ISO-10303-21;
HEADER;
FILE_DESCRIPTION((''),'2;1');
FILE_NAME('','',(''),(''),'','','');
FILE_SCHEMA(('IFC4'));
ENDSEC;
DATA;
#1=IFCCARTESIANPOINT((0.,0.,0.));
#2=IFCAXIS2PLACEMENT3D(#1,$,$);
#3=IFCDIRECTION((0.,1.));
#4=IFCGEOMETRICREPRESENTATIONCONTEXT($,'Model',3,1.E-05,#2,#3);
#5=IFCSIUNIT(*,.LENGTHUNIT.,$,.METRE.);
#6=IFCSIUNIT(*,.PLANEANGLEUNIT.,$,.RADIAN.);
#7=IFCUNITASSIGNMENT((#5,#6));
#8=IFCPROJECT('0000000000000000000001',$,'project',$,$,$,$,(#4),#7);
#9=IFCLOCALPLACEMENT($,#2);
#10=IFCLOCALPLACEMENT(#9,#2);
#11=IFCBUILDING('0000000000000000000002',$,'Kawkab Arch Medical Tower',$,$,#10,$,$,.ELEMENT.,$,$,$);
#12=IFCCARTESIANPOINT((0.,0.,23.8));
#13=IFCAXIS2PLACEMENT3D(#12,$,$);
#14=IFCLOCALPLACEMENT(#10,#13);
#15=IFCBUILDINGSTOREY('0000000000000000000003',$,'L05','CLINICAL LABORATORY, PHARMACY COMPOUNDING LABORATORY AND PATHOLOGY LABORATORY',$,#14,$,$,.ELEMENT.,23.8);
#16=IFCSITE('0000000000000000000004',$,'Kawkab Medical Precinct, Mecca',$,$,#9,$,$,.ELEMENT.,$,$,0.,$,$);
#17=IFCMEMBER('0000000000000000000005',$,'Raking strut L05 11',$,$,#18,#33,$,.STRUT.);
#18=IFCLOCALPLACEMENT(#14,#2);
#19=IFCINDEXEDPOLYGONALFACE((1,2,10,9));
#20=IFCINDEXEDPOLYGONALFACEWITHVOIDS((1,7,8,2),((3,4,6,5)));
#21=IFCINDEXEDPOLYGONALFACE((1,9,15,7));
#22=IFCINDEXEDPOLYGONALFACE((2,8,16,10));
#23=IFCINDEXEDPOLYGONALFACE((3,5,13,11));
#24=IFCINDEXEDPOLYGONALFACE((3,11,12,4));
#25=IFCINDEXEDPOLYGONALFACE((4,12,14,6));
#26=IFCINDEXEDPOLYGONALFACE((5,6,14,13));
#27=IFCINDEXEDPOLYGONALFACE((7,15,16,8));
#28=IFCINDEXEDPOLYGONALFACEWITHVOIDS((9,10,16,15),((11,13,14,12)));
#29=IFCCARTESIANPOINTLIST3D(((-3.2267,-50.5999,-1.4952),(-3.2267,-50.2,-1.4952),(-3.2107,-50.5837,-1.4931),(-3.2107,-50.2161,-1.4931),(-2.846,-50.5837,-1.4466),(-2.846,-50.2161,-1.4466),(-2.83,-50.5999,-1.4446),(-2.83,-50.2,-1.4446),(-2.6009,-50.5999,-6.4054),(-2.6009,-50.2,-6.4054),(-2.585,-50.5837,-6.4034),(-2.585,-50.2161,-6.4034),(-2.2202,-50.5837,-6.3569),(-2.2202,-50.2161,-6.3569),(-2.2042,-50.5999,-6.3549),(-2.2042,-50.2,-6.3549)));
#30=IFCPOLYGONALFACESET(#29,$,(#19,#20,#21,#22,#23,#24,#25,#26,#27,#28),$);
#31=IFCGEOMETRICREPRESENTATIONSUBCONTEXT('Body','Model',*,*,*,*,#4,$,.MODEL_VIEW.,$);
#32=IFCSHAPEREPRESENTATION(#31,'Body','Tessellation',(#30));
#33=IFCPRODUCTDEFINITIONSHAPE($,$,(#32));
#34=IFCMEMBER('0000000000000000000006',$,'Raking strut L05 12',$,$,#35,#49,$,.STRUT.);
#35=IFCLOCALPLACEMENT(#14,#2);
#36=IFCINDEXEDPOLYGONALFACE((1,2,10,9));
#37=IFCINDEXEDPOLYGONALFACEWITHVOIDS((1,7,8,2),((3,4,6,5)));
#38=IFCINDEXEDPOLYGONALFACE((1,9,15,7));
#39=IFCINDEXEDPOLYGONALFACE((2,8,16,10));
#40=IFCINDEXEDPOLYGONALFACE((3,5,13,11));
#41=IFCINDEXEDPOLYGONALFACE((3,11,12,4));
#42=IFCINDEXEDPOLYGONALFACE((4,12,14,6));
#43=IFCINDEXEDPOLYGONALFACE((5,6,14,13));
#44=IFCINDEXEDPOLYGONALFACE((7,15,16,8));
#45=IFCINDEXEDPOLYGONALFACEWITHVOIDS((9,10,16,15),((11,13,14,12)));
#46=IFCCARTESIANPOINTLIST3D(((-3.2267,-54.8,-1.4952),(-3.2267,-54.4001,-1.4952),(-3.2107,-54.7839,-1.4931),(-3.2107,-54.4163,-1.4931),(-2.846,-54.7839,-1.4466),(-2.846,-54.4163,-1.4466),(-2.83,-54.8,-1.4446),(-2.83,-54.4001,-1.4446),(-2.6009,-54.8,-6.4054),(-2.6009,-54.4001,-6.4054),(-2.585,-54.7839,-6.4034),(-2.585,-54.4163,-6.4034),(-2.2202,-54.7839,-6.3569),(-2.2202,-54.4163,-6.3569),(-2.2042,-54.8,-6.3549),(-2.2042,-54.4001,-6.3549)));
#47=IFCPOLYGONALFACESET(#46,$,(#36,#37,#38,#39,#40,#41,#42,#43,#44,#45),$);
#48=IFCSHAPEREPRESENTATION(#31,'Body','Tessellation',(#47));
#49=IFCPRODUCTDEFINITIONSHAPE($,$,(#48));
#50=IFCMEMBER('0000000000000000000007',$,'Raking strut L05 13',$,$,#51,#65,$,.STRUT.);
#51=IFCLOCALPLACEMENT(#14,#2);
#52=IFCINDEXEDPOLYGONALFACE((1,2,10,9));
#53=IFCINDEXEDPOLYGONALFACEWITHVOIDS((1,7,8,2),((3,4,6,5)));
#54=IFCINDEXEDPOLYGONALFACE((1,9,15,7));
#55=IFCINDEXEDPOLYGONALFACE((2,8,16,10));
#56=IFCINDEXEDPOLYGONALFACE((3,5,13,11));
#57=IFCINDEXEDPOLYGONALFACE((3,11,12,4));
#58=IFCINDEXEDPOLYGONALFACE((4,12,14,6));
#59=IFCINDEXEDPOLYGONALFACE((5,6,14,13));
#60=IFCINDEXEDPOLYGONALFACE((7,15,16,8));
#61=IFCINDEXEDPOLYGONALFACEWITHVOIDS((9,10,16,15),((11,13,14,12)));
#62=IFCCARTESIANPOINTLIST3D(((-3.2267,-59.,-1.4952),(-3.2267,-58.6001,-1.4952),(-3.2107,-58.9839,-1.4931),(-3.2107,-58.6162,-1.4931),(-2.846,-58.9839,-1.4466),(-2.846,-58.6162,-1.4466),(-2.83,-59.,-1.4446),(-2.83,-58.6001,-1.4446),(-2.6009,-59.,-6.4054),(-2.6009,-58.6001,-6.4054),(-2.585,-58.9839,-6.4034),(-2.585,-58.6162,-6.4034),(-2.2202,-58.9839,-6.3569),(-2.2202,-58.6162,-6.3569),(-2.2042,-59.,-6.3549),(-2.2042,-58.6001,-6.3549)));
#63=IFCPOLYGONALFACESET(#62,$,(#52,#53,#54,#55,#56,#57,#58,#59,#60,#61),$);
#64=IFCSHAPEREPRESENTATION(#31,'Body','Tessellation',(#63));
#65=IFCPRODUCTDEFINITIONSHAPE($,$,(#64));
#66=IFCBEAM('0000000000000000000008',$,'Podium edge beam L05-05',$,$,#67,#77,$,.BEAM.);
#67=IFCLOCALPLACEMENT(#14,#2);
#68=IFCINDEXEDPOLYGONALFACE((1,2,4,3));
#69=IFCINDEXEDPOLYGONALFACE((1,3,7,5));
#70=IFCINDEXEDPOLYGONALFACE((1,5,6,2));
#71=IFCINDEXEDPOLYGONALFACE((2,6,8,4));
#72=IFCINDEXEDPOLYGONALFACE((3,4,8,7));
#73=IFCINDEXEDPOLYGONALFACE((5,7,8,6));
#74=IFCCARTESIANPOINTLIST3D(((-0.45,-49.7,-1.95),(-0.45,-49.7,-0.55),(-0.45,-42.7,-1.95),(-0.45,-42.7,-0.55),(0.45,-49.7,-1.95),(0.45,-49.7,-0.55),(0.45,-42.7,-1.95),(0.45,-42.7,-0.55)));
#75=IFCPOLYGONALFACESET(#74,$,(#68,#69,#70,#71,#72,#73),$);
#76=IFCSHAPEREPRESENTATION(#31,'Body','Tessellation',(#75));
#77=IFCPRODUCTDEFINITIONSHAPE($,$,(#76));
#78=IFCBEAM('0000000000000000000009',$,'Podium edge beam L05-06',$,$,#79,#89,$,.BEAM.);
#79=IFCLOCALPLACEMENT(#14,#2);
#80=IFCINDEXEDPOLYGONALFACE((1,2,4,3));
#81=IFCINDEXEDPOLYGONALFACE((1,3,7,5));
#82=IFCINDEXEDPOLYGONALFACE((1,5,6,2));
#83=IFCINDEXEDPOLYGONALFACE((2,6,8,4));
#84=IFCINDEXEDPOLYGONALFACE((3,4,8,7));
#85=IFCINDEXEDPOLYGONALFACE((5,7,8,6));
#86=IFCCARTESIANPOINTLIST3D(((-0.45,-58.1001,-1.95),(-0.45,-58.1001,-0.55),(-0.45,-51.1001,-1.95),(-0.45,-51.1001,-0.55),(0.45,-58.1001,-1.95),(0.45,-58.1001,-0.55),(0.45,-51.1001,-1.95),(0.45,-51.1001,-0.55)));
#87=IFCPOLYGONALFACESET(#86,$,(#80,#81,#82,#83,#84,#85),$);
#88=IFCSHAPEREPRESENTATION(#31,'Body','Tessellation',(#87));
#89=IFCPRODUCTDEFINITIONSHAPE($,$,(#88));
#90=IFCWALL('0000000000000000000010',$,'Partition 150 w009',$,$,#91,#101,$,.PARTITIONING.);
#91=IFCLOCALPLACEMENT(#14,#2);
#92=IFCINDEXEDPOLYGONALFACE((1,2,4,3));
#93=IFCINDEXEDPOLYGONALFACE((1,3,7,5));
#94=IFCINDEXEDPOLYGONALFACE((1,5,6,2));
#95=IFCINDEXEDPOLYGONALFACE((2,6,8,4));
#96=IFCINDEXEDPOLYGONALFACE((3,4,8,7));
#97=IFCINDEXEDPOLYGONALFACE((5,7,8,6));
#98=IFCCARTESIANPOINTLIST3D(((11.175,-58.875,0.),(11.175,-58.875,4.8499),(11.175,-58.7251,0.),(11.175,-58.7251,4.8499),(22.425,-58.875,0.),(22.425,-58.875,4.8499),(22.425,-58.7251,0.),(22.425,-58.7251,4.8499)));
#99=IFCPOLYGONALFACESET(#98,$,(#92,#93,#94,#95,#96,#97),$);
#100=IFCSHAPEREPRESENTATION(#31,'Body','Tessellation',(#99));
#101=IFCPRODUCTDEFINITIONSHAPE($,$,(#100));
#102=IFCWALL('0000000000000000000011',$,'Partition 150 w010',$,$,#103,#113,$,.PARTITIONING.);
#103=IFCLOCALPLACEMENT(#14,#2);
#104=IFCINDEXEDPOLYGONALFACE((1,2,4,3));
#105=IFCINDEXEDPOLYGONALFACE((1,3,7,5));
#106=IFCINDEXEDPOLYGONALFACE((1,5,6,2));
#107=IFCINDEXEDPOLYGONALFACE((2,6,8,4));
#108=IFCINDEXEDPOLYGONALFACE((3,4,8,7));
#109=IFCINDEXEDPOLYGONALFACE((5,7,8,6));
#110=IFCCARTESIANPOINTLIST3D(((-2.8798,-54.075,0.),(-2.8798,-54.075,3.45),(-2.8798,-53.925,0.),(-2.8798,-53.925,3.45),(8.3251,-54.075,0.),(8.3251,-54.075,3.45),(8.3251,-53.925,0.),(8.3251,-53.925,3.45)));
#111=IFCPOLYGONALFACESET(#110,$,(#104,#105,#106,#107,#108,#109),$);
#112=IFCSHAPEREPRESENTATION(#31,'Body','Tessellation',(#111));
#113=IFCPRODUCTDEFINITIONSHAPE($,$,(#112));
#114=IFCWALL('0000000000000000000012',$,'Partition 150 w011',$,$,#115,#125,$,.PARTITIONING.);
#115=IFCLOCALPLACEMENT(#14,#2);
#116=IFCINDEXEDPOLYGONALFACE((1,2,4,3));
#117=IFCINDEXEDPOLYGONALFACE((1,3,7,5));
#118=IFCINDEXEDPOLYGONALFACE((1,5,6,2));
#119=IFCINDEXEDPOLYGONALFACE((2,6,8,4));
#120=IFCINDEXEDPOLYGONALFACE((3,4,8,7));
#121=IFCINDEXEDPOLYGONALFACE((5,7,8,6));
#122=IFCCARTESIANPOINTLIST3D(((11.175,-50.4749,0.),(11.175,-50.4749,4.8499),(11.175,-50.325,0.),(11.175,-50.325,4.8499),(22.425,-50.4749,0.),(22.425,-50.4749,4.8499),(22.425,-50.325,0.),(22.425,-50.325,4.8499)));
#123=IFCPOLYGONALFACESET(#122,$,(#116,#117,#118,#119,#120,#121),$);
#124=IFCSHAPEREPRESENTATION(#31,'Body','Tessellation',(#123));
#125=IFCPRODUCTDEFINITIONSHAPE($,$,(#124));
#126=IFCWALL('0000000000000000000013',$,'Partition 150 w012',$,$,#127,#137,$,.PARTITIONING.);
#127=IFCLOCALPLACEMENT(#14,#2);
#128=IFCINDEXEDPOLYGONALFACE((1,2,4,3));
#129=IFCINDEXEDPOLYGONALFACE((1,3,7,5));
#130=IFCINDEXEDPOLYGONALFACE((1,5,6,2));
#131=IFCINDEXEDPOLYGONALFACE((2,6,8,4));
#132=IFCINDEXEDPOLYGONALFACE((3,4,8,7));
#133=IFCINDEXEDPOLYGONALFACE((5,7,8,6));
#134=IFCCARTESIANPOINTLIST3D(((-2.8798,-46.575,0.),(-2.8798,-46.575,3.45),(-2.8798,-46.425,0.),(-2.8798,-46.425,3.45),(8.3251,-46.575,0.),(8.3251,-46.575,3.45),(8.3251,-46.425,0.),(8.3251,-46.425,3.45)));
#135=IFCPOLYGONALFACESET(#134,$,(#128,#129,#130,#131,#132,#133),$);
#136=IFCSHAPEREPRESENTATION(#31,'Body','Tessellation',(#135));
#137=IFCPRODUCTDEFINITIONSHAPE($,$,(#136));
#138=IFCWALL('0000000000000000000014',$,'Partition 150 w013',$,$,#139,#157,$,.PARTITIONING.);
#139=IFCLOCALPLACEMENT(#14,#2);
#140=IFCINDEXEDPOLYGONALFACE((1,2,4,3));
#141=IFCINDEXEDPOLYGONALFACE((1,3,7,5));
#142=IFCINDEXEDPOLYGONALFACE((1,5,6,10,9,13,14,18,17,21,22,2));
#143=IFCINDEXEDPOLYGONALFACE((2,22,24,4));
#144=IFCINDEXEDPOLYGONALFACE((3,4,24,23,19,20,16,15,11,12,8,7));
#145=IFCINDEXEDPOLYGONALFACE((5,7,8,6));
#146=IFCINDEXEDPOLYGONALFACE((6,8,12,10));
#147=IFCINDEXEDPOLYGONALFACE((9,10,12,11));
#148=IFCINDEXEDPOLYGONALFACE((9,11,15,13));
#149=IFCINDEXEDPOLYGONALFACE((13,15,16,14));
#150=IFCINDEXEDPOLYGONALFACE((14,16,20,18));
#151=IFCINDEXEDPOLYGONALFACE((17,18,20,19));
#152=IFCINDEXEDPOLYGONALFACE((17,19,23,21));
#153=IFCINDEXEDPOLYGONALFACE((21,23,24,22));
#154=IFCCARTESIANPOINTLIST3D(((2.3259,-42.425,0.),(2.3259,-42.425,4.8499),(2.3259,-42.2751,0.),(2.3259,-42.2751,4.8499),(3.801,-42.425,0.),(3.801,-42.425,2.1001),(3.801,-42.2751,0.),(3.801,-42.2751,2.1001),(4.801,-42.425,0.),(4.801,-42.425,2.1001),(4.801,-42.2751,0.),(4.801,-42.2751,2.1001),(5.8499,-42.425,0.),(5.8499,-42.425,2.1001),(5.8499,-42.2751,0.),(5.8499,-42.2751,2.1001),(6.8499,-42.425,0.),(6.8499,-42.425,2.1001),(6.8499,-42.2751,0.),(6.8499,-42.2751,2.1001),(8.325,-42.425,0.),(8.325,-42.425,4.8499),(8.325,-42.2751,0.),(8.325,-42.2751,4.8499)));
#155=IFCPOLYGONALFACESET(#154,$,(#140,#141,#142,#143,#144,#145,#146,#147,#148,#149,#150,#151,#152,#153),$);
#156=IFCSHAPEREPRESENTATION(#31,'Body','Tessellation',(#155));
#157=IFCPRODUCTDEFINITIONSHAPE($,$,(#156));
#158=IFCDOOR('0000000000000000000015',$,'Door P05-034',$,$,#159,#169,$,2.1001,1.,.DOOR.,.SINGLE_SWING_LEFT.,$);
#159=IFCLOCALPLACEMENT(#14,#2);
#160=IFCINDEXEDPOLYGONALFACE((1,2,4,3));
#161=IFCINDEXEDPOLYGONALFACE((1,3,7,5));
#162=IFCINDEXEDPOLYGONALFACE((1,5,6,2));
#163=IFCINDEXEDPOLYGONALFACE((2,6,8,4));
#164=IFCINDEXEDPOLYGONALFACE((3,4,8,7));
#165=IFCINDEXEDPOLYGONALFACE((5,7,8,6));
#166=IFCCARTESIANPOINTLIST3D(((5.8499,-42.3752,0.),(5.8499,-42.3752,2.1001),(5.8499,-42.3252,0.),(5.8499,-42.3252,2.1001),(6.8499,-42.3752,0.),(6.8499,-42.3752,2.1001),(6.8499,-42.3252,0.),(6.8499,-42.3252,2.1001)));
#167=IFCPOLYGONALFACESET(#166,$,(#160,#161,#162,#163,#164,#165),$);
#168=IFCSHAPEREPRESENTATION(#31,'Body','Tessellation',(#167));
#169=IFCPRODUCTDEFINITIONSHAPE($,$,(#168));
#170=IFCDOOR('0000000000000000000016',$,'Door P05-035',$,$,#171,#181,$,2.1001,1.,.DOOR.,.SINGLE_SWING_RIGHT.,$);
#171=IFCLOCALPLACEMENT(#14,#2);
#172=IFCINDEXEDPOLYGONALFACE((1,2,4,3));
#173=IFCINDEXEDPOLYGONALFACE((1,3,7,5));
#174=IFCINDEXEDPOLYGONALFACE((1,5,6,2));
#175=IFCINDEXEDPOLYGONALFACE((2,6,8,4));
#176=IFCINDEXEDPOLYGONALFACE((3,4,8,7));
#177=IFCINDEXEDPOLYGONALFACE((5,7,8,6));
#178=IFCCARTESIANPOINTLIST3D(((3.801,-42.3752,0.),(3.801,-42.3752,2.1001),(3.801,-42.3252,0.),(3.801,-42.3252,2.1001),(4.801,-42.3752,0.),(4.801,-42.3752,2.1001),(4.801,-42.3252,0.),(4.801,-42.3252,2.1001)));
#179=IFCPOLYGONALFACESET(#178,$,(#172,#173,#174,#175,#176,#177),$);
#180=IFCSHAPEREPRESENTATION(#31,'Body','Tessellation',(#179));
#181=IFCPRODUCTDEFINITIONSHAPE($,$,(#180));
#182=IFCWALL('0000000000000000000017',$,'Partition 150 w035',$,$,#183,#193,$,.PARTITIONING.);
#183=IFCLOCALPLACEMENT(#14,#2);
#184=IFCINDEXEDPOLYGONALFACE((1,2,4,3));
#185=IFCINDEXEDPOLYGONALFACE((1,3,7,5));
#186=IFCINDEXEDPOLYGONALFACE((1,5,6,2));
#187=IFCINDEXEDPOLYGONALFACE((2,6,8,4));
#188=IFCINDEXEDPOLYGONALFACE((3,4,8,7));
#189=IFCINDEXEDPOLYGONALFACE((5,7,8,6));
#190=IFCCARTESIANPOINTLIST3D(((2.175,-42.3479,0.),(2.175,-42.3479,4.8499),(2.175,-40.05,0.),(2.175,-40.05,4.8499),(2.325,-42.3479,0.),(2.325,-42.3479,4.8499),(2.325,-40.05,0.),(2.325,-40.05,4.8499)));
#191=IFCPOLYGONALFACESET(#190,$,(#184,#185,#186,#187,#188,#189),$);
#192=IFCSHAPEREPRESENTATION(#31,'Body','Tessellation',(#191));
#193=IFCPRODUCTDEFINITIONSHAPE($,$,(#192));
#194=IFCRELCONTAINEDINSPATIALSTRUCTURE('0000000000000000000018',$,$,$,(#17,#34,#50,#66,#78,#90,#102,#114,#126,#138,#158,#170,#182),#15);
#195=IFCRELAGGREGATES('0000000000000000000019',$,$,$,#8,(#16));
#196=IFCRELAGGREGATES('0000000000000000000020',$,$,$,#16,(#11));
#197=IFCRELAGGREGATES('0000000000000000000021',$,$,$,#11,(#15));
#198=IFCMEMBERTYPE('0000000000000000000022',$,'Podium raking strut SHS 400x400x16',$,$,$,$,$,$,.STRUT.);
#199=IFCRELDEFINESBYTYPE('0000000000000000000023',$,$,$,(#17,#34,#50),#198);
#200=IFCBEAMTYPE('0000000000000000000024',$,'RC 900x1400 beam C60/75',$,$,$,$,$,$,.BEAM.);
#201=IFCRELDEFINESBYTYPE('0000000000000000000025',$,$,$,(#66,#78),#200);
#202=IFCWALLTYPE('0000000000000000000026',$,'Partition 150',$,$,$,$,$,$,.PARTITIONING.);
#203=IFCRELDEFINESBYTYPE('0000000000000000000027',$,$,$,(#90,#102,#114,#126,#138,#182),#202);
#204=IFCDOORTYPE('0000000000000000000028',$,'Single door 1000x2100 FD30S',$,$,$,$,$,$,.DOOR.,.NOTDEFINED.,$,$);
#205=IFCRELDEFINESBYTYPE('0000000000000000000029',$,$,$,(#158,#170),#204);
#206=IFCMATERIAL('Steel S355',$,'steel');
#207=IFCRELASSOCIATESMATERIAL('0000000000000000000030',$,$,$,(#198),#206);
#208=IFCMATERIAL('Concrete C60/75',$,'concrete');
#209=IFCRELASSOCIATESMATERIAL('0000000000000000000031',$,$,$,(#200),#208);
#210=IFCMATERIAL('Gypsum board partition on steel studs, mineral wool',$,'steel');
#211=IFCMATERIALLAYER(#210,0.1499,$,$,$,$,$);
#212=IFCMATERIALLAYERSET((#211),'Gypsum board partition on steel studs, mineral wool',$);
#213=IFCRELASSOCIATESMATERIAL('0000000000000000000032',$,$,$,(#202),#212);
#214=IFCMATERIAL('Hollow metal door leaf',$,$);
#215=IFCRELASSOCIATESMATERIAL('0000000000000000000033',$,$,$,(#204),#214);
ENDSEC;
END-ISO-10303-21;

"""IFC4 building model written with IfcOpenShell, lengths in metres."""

from ifc_helpers import new_model, si_unit, direction, frame, frame_2d, origin, origin_2d, place, context, subcontext, project, spatial, rectangle, hollow_rectangle, extrude, material, layer, layer_set, material_profile, profile_set, type_object, element, fill, save


model = new_model("IFC4")

# Units and contexts
model_context = context("Model", 3, precision=1e-05, world=origin(), true_north=direction((0.0, 1.0)))
body_context = subcontext(model_context, "Body", "Model", "MODEL_VIEW")
ifc_project = project(units=[si_unit("LENGTHUNIT", "METRE"), si_unit("PLANEANGLEUNIT", "RADIAN")], contexts=[model_context])

# Site, building, storey
site_placement = place(None, origin())
site = spatial("IfcSite", under=ifc_project, at=site_placement, Name="Kawkab Medical Precinct, Mecca", CompositionType="ELEMENT", RefElevation=0.0)
building_placement = place(site_placement, origin())
building = spatial("IfcBuilding", under=site, at=building_placement, Name="Kawkab Arch Medical Tower", CompositionType="ELEMENT")
storey_placement = place(building_placement, frame((0.0, 0.0, 23.8)))
storey = spatial("IfcBuildingStorey", under=building, at=storey_placement, Name="L05", Description="CLINICAL LABORATORY, PHARMACY COMPOUNDING LABORATORY AND PATHOLOGY LABORATORY", CompositionType="ELEMENT", Elevation=23.8)

# Members
ifc_material_1 = material(Name="Steel S355", Category="steel")
ifc_material_profile_1 = material_profile(ifc_material_1, hollow_rectangle(XDim=0.3999, YDim=0.3999, WallThickness=0.0161, at=origin_2d()), Name="SHS 400x400x16")
ifc_profile_set_1 = profile_set([ifc_material_profile_1], Name="Steel S355")
member_type = type_object("IfcMemberType", Name="Podium raking strut SHS 400x400x16", PredefinedType="STRUT", material=ifc_profile_set_1)
for number, where, z_axis, x_axis, name in (
    (1, (-2.4026, -50.3999, -6.3801), (-0.126414, 0.0, 0.991978), (0.0, -1.0, 0.0), "Raking strut L05 11"),
    (2, (-2.4026, -54.6001, -6.3801), (-0.126414, 0.0, 0.991978), (0.0, -1.0, 0.0), "Raking strut L05 12"),
    (3, (-2.4026, -58.8, -6.3801), (-0.126414, 0.0, 0.991978), (0.0, -1.0, 0.0), "Raking strut L05 13"),
):
    element("IfcMember", number, at=place(storey_placement, frame(where, z_axis=z_axis, x_axis=x_axis)), inside=storey, type_object=member_type, Name=name, PredefinedType="STRUT", context=body_context, shape_type="SweptSolid", body=[
        extrude(hollow_rectangle(XDim=0.3999, YDim=0.3999, WallThickness=0.0161, at=origin_2d()), origin(), (0.0, 0.0, 1.0), 4.95),
    ])

# Beams
ifc_material_2 = material(Name="Concrete C60/75", Category="concrete")
ifc_material_profile_2 = material_profile(ifc_material_2, rectangle(XDim=0.8999, YDim=1.3999, at=origin_2d()), Name="RC 900x1400")
ifc_profile_set_2 = profile_set([ifc_material_profile_2], Name="Concrete C60/75")
beam_type_1 = type_object("IfcBeamType", Name="RC 900x1400 beam C60/75", PredefinedType="BEAM", material=ifc_profile_set_2)
for number, where, z_axis, x_axis, name in (
    (4, (0.0, -42.7, -1.25), (0.0, -1.0, 0.0), (1.0, 0.0, 0.0), "Podium edge beam L05-05"),
    (5, (0.0, -51.1001, -1.25), (0.0, -1.0, 0.0), (1.0, 0.0, 0.0), "Podium edge beam L05-06"),
):
    element("IfcBeam", number, at=place(storey_placement, frame(where, z_axis=z_axis, x_axis=x_axis)), inside=storey, type_object=beam_type_1, Name=name, PredefinedType="BEAM", context=body_context, shape_type="SweptSolid", body=[
        extrude(rectangle(XDim=0.8999, YDim=1.3999, at=origin_2d()), origin(), (0.0, 0.0, 1.0), 7.0),
    ])

# Walls
ifc_material_3 = material(Name="Gypsum board partition on steel studs, mineral wool", Category="steel")
ifc_layer = layer(ifc_material_3, 0.1499)
ifc_layer_set = layer_set([ifc_layer], Name="Gypsum board partition on steel studs, mineral wool")
wall_type = type_object("IfcWallType", Name="Partition 150", PredefinedType="PARTITIONING", material=ifc_layer_set)
wall_1_placement = place(storey_placement, frame((11.175, -58.8, 0.0), z_axis=(0.0, 0.0, 1.0), x_axis=(1.0, 0.0, 0.0)))
element("IfcWall", 6, at=wall_1_placement, inside=storey, type_object=wall_type, Name="Partition 150 w009", PredefinedType="PARTITIONING", context=body_context, shape_type="SweptSolid", body=[
    extrude(rectangle(XDim=11.25, YDim=0.1499, at=frame_2d((5.625, 0.0))), origin(), (0.0, 0.0, 1.0), 4.8499),
])
wall_2_placement = place(storey_placement, frame((-2.8799, -54.0, 0.0), z_axis=(0.0, 0.0, 1.0), x_axis=(1.0, 0.0, 0.0)))
element("IfcWall", 7, at=wall_2_placement, inside=storey, type_object=wall_type, Name="Partition 150 w010", PredefinedType="PARTITIONING", context=body_context, shape_type="SweptSolid", body=[
    extrude(rectangle(XDim=11.2048, YDim=0.1499, at=frame_2d((5.6025, 0.0))), origin(), (0.0, 0.0, 1.0), 3.45),
])
wall_3_placement = place(storey_placement, frame((11.175, -50.3999, 0.0), z_axis=(0.0, 0.0, 1.0), x_axis=(1.0, 0.0, 0.0)))
element("IfcWall", 8, at=wall_3_placement, inside=storey, type_object=wall_type, Name="Partition 150 w011", PredefinedType="PARTITIONING", context=body_context, shape_type="SweptSolid", body=[
    extrude(rectangle(XDim=11.25, YDim=0.1499, at=frame_2d((5.625, 0.0))), origin(), (0.0, 0.0, 1.0), 4.8499),
])
wall_4_placement = place(storey_placement, frame((-2.8799, -46.5, 0.0), z_axis=(0.0, 0.0, 1.0), x_axis=(1.0, 0.0, 0.0)))
element("IfcWall", 9, at=wall_4_placement, inside=storey, type_object=wall_type, Name="Partition 150 w012", PredefinedType="PARTITIONING", context=body_context, shape_type="SweptSolid", body=[
    extrude(rectangle(XDim=11.2048, YDim=0.1499, at=frame_2d((5.6025, 0.0))), origin(), (0.0, 0.0, 1.0), 3.45),
])

# Wall, openings, doors
wall_5_placement = place(storey_placement, frame((2.3259, -42.3501, 0.0), z_axis=(0.0, 0.0, 1.0), x_axis=(1.0, 0.0, 0.0)))
wall_5 = element("IfcWall", 10, at=wall_5_placement, inside=storey, type_object=wall_type, Name="Partition 150 w013", PredefinedType="PARTITIONING", context=body_context, shape_type="SweptSolid", body=[
    extrude(rectangle(XDim=5.999, YDim=0.1499, at=frame_2d((2.9995, 0.0))), origin(), (0.0, 0.0, 1.0), 4.8499),
])
opening_1_placement = place(wall_5_placement, frame((3.5239, 0.0, 0.0)))
opening_1 = element("IfcOpeningElement", 11, at=opening_1_placement, cuts=wall_5, PredefinedType="OPENING", context=body_context, shape_type="SweptSolid", body=[
    extrude(rectangle(XDim=1.0, YDim=2.1001, at=frame_2d((0.5, 1.05))), frame((0.0, 0.085, 0.0), z_axis=(0.0, -1.0, 0.0), x_axis=(1.0, 0.0, 0.0)), (0.0, 0.0, 1.0), 0.1699),
])
opening_2_placement = place(wall_5_placement, frame((1.4751, 0.0, 0.0)))
opening_2 = element("IfcOpeningElement", 12, at=opening_2_placement, cuts=wall_5, PredefinedType="OPENING", context=body_context, shape_type="SweptSolid", body=[
    extrude(rectangle(XDim=1.0, YDim=2.1001, at=frame_2d((0.5, 1.05))), frame((0.0, 0.085, 0.0), z_axis=(0.0, -1.0, 0.0), x_axis=(1.0, 0.0, 0.0)), (0.0, 0.0, 1.0), 0.1699),
])
ifc_material_4 = material(Name="Hollow metal door leaf")
door_type = type_object("IfcDoorType", Name="Single door 1000x2100 FD30S", OperationType="NOTDEFINED", PredefinedType="DOOR", material=ifc_material_4)
door_1_placement = place(opening_1_placement, origin())
door_1 = element("IfcDoor", 13, at=door_1_placement, inside=storey, type_object=door_type, Name="Door P05-034", OperationType="SINGLE_SWING_LEFT", OverallHeight=2.1001, OverallWidth=1.0, PredefinedType="DOOR", context=body_context, shape_type="SweptSolid", body=[
    extrude(rectangle(XDim=1.0, YDim=2.1001, at=frame_2d((0.5, 1.05))), frame((0.0, 0.0249, 0.0), z_axis=(0.0, -1.0, 0.0), x_axis=(1.0, 0.0, 0.0)), (0.0, 0.0, 1.0), 0.05),
])
fill(opening_1, door_1)
door_2_placement = place(opening_2_placement, origin())
door_2 = element("IfcDoor", 14, at=door_2_placement, inside=storey, type_object=door_type, Name="Door P05-035", OperationType="SINGLE_SWING_RIGHT", OverallHeight=2.1001, OverallWidth=1.0, PredefinedType="DOOR", context=body_context, shape_type="SweptSolid", body=[
    extrude(rectangle(XDim=1.0, YDim=2.1001, at=frame_2d((0.5, 1.05))), frame((0.0, 0.0249, 0.0), z_axis=(0.0, -1.0, 0.0), x_axis=(1.0, 0.0, 0.0)), (0.0, 0.0, 1.0), 0.05),
])
fill(opening_2, door_2)

# Wall
wall_6_placement = place(storey_placement, frame((2.25, -42.3479, 0.0), z_axis=(0.0, 0.0, 1.0), x_axis=(0.0, 1.0, 0.0)))
element("IfcWall", 15, at=wall_6_placement, inside=storey, type_object=wall_type, Name="Partition 150 w035", PredefinedType="PARTITIONING", context=body_context, shape_type="SweptSolid", body=[
    extrude(rectangle(XDim=2.2979, YDim=0.1499, at=frame_2d((1.1489, 0.0))), origin(), (0.0, 0.0, 1.0), 4.8499),
])

save(model, "model.ifc")
